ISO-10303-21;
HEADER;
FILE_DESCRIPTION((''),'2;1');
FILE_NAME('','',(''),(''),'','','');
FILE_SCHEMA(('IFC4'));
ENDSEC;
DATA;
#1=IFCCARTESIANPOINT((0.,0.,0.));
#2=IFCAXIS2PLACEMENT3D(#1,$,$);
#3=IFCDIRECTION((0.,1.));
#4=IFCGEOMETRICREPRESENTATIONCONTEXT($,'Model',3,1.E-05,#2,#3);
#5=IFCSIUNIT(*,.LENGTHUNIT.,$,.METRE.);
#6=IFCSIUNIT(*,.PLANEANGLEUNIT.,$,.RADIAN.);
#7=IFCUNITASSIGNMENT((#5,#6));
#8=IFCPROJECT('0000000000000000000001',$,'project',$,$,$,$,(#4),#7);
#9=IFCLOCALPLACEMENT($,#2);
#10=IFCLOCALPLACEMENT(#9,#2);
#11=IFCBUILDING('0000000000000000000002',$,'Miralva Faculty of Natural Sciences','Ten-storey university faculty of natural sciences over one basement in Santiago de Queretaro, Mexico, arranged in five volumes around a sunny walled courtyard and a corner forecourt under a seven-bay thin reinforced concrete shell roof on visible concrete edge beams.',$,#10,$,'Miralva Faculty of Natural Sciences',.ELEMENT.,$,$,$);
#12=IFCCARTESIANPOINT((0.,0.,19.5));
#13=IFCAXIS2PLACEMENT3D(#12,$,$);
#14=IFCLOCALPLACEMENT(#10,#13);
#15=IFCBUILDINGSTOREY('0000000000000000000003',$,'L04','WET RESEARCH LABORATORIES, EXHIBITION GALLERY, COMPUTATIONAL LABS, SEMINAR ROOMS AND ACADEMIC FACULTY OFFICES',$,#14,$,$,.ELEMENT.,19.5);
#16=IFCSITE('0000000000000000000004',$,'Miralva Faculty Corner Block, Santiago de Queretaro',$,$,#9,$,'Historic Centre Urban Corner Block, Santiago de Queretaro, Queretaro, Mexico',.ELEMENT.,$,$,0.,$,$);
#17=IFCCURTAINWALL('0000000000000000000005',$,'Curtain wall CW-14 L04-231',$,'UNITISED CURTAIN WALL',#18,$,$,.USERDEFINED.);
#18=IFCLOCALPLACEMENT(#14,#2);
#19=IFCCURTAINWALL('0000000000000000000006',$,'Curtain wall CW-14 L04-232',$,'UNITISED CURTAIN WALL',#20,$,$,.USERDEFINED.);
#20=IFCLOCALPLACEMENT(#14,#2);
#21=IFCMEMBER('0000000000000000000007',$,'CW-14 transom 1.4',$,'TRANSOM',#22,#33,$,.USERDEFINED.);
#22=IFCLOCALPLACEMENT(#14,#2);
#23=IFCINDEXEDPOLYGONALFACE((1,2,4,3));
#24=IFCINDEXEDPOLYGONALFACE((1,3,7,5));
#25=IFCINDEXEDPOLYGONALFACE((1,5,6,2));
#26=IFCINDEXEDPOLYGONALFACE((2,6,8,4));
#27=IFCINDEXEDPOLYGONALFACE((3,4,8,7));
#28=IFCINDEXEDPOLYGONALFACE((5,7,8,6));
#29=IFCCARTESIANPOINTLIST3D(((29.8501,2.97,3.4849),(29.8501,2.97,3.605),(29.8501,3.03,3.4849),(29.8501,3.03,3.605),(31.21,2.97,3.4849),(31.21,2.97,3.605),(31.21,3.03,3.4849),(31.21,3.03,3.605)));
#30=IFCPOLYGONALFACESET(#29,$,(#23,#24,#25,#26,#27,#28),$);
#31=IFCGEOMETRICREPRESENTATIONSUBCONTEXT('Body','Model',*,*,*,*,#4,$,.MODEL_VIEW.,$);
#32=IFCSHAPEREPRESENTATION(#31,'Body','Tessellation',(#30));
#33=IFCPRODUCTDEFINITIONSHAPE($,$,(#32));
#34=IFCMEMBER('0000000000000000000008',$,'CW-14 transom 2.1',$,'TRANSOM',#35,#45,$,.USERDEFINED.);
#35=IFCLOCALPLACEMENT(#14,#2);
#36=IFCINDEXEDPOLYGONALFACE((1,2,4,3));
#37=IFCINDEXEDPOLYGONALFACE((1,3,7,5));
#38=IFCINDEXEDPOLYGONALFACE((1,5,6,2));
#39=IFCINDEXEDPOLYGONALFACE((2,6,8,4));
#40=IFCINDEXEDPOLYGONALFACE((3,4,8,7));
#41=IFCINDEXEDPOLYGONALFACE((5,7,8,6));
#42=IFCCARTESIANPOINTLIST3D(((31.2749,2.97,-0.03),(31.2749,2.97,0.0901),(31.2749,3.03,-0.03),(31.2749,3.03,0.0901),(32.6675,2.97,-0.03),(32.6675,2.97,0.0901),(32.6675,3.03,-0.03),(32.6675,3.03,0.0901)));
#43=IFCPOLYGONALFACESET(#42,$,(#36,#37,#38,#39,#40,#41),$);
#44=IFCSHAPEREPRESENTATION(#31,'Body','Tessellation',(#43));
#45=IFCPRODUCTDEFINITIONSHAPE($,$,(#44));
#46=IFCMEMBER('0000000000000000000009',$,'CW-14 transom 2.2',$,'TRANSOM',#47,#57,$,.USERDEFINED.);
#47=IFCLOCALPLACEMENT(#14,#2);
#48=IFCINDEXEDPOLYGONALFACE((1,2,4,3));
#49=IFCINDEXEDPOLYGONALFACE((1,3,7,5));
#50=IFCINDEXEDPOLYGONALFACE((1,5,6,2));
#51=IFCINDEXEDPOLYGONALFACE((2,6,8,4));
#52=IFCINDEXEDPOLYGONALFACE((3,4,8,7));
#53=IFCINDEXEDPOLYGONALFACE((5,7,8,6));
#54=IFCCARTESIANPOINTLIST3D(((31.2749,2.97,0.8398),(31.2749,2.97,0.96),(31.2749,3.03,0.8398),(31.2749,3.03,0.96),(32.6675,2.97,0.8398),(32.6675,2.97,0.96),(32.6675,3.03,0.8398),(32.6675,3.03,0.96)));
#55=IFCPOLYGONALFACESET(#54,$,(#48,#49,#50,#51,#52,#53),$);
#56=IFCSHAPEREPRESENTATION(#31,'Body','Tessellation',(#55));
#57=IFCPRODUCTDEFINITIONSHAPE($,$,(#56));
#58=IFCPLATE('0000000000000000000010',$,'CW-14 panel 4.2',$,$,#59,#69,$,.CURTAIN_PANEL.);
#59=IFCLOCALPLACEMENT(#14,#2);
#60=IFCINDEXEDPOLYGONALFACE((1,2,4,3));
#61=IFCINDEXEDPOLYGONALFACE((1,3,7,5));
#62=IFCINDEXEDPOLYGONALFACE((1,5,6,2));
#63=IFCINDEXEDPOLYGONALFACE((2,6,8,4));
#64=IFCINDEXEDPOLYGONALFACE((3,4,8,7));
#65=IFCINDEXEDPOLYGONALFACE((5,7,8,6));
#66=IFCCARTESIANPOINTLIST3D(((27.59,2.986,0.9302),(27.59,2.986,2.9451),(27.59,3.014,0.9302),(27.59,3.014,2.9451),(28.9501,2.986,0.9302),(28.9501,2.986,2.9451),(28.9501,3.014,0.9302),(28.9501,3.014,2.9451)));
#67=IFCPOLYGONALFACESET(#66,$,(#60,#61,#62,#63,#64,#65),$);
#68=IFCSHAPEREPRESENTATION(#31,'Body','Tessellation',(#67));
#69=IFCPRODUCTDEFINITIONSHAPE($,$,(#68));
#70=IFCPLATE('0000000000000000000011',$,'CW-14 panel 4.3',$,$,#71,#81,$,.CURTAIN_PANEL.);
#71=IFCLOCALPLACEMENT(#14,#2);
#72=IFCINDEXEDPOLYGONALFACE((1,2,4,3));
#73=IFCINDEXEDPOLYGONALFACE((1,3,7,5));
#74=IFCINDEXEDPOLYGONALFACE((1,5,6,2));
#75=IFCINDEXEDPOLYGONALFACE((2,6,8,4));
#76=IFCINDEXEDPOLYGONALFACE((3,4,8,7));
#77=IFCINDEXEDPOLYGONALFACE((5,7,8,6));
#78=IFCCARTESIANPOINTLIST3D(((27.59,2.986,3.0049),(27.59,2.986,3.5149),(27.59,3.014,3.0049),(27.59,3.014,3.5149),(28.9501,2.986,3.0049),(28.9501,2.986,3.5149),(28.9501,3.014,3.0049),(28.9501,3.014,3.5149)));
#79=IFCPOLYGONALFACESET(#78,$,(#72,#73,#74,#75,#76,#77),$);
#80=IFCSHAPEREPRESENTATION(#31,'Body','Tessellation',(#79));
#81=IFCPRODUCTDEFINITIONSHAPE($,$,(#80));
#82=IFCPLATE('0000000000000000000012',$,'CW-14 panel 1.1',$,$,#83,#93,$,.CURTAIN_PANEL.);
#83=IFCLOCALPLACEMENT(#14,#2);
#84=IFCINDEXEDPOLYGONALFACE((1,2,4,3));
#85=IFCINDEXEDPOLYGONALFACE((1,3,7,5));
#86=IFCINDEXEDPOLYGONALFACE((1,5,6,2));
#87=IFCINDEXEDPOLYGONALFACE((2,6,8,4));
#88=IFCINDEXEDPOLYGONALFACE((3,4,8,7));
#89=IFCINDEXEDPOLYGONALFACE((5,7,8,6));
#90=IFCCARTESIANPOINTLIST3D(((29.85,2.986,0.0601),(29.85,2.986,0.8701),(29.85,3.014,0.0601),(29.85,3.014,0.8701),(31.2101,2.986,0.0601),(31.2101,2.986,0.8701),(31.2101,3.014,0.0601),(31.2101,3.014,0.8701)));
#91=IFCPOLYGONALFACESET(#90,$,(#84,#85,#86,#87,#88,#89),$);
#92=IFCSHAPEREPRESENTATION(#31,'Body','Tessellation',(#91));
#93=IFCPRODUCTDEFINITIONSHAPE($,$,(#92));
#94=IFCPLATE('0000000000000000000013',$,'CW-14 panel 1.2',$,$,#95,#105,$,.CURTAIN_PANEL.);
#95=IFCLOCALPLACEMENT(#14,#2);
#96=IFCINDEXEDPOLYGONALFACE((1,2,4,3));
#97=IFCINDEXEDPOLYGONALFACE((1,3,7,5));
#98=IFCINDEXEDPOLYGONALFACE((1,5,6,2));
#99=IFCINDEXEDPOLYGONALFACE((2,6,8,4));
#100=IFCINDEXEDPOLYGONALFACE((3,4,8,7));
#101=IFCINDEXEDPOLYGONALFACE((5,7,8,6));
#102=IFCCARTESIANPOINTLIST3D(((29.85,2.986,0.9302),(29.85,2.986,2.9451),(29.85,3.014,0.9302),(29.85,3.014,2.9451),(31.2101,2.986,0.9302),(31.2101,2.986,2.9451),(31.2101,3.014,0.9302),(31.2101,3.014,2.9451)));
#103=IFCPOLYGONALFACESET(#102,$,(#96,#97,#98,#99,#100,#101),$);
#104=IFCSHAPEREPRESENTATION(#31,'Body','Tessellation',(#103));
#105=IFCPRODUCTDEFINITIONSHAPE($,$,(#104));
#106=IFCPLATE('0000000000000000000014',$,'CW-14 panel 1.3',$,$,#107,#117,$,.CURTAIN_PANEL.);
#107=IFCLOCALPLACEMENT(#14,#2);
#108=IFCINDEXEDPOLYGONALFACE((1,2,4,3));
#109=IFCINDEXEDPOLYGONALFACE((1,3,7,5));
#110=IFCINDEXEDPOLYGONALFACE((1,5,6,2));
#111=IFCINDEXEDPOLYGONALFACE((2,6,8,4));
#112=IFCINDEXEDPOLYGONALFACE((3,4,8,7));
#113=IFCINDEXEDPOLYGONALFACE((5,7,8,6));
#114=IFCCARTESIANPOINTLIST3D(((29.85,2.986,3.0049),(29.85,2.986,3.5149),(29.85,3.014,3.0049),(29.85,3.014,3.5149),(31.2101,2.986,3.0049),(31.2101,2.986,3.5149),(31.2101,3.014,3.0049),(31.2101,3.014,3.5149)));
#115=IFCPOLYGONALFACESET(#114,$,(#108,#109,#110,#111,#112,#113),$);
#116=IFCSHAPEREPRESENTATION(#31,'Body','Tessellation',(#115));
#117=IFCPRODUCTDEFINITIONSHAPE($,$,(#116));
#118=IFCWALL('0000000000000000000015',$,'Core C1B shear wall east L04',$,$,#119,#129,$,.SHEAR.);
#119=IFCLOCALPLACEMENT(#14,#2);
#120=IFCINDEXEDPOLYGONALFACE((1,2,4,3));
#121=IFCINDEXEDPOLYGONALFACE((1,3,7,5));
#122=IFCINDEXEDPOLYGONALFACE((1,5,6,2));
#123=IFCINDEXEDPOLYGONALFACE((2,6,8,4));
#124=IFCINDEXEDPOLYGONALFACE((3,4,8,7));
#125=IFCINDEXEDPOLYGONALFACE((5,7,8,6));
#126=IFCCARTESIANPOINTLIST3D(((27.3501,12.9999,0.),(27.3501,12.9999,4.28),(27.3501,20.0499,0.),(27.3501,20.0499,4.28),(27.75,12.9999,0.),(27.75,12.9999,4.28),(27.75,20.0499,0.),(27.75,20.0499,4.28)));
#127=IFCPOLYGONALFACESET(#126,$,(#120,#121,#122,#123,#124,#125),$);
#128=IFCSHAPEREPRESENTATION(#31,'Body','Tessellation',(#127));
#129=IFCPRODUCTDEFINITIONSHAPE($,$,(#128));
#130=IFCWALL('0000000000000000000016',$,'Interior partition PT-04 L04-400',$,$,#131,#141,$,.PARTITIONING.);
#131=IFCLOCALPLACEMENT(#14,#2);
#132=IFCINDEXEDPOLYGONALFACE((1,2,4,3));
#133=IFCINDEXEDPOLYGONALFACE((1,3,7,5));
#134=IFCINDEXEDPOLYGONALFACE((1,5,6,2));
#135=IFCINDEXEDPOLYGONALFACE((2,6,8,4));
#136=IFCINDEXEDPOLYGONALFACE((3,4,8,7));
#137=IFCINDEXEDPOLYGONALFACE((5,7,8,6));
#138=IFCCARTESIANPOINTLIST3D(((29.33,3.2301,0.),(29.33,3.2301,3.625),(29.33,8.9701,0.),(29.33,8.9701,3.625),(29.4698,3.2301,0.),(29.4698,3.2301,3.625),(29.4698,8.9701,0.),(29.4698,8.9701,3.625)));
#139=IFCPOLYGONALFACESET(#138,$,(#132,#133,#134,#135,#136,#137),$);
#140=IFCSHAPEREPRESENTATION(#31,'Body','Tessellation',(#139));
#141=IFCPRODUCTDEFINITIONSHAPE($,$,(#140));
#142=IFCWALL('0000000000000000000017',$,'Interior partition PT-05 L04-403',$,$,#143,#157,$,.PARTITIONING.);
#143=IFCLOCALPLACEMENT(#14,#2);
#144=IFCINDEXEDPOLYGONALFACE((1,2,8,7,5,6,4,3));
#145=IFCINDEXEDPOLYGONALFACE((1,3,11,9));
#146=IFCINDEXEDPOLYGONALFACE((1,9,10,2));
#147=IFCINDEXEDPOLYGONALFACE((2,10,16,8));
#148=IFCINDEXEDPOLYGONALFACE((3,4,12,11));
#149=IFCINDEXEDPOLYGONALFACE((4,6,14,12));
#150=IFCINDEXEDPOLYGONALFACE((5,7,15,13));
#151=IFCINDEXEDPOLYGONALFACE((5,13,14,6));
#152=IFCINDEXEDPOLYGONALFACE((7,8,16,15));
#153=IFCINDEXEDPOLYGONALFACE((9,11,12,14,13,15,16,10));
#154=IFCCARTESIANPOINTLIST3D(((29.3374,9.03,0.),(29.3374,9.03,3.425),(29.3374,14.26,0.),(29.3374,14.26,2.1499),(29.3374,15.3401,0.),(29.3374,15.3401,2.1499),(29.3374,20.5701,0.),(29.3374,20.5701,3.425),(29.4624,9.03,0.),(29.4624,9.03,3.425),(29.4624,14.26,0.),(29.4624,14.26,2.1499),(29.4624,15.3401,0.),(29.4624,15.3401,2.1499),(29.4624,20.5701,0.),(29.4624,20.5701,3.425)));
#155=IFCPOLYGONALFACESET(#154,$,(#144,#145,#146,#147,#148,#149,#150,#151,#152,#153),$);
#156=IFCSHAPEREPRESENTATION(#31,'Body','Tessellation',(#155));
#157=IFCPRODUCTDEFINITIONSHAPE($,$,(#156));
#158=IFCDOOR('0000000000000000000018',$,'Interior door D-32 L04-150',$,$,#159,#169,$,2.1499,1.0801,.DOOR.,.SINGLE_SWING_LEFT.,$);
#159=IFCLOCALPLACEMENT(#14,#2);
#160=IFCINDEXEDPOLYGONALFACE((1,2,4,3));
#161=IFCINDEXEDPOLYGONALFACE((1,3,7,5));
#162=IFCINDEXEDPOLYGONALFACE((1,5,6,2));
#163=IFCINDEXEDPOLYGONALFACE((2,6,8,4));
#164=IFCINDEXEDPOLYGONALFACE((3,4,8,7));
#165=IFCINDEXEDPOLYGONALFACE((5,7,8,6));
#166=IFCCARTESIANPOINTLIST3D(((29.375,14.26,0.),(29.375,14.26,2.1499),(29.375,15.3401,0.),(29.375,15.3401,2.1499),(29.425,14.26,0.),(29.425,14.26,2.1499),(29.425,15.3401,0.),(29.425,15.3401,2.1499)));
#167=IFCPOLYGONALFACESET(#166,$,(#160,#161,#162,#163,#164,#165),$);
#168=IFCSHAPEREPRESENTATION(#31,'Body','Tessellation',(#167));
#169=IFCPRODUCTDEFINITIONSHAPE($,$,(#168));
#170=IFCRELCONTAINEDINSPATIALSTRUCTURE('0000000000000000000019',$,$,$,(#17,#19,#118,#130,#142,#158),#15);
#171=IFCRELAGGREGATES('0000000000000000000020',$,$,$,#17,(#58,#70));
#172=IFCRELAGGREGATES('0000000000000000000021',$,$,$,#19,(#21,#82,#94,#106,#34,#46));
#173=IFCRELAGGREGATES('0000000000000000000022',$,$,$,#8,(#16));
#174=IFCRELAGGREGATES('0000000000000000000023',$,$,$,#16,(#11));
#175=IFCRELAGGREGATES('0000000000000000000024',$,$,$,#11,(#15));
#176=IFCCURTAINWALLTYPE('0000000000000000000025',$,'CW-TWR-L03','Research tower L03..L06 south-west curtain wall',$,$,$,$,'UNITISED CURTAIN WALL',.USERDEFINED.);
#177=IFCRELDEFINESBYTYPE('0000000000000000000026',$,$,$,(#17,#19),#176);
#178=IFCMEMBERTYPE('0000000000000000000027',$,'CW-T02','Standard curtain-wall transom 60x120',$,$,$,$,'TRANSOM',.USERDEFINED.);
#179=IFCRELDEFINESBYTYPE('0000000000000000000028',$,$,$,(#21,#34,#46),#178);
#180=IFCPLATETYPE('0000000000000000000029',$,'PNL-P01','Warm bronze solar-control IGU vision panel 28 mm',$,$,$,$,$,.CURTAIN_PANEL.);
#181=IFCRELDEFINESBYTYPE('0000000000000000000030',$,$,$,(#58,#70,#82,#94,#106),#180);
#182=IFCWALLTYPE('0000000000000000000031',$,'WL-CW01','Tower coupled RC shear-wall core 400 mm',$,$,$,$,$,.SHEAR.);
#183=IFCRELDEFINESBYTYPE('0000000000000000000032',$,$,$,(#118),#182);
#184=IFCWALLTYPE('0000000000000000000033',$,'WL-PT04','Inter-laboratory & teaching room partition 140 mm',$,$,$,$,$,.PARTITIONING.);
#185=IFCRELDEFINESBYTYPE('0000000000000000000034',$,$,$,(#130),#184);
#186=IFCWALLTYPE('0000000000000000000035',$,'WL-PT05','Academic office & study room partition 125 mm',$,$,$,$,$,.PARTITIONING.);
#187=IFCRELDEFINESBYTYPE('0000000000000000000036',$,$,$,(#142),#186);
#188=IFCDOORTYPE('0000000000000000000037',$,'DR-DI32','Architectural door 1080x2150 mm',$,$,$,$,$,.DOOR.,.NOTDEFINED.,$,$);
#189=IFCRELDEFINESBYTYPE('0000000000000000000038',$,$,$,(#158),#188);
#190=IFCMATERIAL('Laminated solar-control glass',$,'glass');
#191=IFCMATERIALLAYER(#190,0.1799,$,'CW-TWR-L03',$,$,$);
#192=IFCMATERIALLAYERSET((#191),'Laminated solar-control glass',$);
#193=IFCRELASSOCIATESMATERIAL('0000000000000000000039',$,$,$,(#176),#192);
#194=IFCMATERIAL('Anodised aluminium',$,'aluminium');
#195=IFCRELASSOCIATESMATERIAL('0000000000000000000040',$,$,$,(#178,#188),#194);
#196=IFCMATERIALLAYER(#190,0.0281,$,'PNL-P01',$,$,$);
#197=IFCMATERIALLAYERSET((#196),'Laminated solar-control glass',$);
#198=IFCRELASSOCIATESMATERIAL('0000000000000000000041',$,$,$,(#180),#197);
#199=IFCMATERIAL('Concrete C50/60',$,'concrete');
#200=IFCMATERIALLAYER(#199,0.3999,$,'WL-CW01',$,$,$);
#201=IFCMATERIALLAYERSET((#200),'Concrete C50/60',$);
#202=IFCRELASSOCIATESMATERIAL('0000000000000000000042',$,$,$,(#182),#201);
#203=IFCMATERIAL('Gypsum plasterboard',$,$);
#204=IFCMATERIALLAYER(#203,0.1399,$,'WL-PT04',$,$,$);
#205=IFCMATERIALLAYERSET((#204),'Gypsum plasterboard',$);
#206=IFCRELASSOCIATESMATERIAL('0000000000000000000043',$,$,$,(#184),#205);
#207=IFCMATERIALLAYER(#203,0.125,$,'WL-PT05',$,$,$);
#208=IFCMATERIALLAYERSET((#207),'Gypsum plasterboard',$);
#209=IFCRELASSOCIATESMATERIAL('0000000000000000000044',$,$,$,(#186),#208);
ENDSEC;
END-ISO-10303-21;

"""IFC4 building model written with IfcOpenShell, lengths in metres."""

from ifc_helpers import new_model, si_unit, direction, frame, frame_2d, origin, origin_2d, place, context, subcontext, project, spatial, rectangle, extrude, material, layer, layer_set, material_profile, profile_set, type_object, element, fill, aggregate, save


model = new_model("IFC4")

# Units and contexts
model_context = context("Model", 3, precision=1e-05, world=origin(), true_north=direction((0.0, 1.0)))
body_context = subcontext(model_context, "Body", "Model", "MODEL_VIEW")
ifc_project = project(units=[si_unit("LENGTHUNIT", "METRE"), si_unit("PLANEANGLEUNIT", "RADIAN")], contexts=[model_context])

# Site, building, storey
site_placement = place(None, origin())
site = spatial("IfcSite", under=ifc_project, at=site_placement, Name="Miralva Faculty Corner Block, Santiago de Queretaro", LongName="Historic Centre Urban Corner Block, Santiago de Queretaro, Queretaro, Mexico", CompositionType="ELEMENT", RefElevation=0.0)
building_placement = place(site_placement, origin())
building = spatial("IfcBuilding", under=site, at=building_placement, Name="Miralva Faculty of Natural Sciences", Description="Ten-storey university faculty of natural sciences over one basement in Santiago de Queretaro, Mexico, arranged in five volumes around a sunny walled courtyard and a corner forecourt under a seven-bay thin reinforced concrete shell roof on visible concrete edge beams.", LongName="Miralva Faculty of Natural Sciences", CompositionType="ELEMENT")
storey_placement = place(building_placement, frame((0.0, 0.0, 19.5)))
storey = spatial("IfcBuildingStorey", under=building, at=storey_placement, Name="L04", Description="WET RESEARCH LABORATORIES, EXHIBITION GALLERY, COMPUTATIONAL LABS, SEMINAR ROOMS AND ACADEMIC FACULTY OFFICES", CompositionType="ELEMENT", Elevation=19.5)

# Curtain wall
ifc_material_1 = material(Name="Laminated solar-control glass", Category="glass")
ifc_layer_1 = layer(ifc_material_1, 0.1799, Name="CW-TWR-L03")
ifc_layer_set_1 = layer_set([ifc_layer_1], Name="Laminated solar-control glass")
curtain_wall_type = type_object("IfcCurtainWallType", Name="CW-TWR-L03", Description="Research tower L03..L06 south-west curtain wall", ElementType="UNITISED CURTAIN WALL", PredefinedType="USERDEFINED", material=ifc_layer_set_1)
curtain_wall_1_placement = place(storey_placement, origin())
curtain_wall_1 = element("IfcCurtainWall", 1, at=curtain_wall_1_placement, inside=storey, type_object=curtain_wall_type, Name="Curtain wall CW-14 L04-231", ObjectType="UNITISED CURTAIN WALL", PredefinedType="USERDEFINED")
ifc_material_2 = material(Name="Anodised aluminium", Category="aluminium")

# Curtain wall, members
curtain_wall_2_placement = place(storey_placement, origin())
curtain_wall_2 = element("IfcCurtainWall", 2, at=curtain_wall_2_placement, inside=storey, type_object=curtain_wall_type, Name="Curtain wall CW-14 L04-232", ObjectType="UNITISED CURTAIN WALL", PredefinedType="USERDEFINED")
ifc_material_profile_1 = material_profile(ifc_material_2, rectangle(XDim=0.0601, YDim=0.1201, at=origin_2d()), Name="TRANSOM 60x120")
ifc_profile_set_1 = profile_set([ifc_material_profile_1], Name="Anodised aluminium")
member_type_1 = type_object("IfcMemberType", Name="CW-T02", Description="Standard curtain-wall transom 60x120", ElementType="TRANSOM", PredefinedType="USERDEFINED", material=ifc_profile_set_1)
member_1_placement = place(storey_placement, frame((29.8501, 3.0, 3.5449), z_axis=(1.0, 0.0, 0.0), x_axis=(0.0, 1.0, 0.0)))
member_1 = element("IfcMember", 3, at=member_1_placement, type_object=member_type_1, Name="CW-14 transom 1.4", ObjectType="TRANSOM", PredefinedType="USERDEFINED", context=body_context, shape_type="SweptSolid", body=[
    extrude(rectangle(XDim=0.0601, YDim=0.1201, at=origin_2d()), origin(), (0.0, 0.0, 1.0), 1.3599),
])
member_2_placement = place(storey_placement, frame((31.2749, 3.0, 0.03), z_axis=(1.0, 0.0, 0.0), x_axis=(0.0, 1.0, 0.0)))
member_2 = element("IfcMember", 4, at=member_2_placement, type_object=member_type_1, Name="CW-14 transom 2.1", ObjectType="TRANSOM", PredefinedType="USERDEFINED", context=body_context, shape_type="SweptSolid", body=[
    extrude(rectangle(XDim=0.0601, YDim=0.1201, at=origin_2d()), origin(), (0.0, 0.0, 1.0), 1.3926),
])
member_3_placement = place(storey_placement, frame((31.2749, 3.0, 0.8999), z_axis=(1.0, 0.0, 0.0), x_axis=(0.0, 1.0, 0.0)))
member_3 = element("IfcMember", 5, at=member_3_placement, type_object=member_type_1, Name="CW-14 transom 2.2", ObjectType="TRANSOM", PredefinedType="USERDEFINED", context=body_context, shape_type="SweptSolid", body=[
    extrude(rectangle(XDim=0.0601, YDim=0.1201, at=origin_2d()), origin(), (0.0, 0.0, 1.0), 1.3926),
])

# Plates
ifc_layer_2 = layer(ifc_material_1, 0.0281, Name="PNL-P01")
ifc_layer_set_2 = layer_set([ifc_layer_2], Name="Laminated solar-control glass")
plate_type = type_object("IfcPlateType", Name="PNL-P01", Description="Warm bronze solar-control IGU vision panel 28 mm", PredefinedType="CURTAIN_PANEL", material=ifc_layer_set_2)
plate_1_placement = place(storey_placement, frame((28.27, 3.0, 0.9302), z_axis=(0.0, 0.0, 1.0), x_axis=(1.0, 0.0, 0.0)))
plate_1 = element("IfcPlate", 6, at=plate_1_placement, type_object=plate_type, Name="CW-14 panel 4.2", PredefinedType="CURTAIN_PANEL", context=body_context, shape_type="SweptSolid", body=[
    extrude(rectangle(XDim=1.3601, YDim=0.0281, at=origin_2d()), origin(), (0.0, 0.0, 1.0), 2.0149),
])
plate_2_placement = place(storey_placement, frame((28.27, 3.0, 3.0049), z_axis=(0.0, 0.0, 1.0), x_axis=(1.0, 0.0, 0.0)))
plate_2 = element("IfcPlate", 7, at=plate_2_placement, type_object=plate_type, Name="CW-14 panel 4.3", PredefinedType="CURTAIN_PANEL", context=body_context, shape_type="SweptSolid", body=[
    extrude(rectangle(XDim=1.3601, YDim=0.0281, at=origin_2d()), origin(), (0.0, 0.0, 1.0), 0.51),
])
aggregate(curtain_wall_1, [plate_1, plate_2])
plate_3_placement = place(storey_placement, frame((30.53, 3.0, 0.0601), z_axis=(0.0, 0.0, 1.0), x_axis=(1.0, 0.0, 0.0)))
plate_3 = element("IfcPlate", 8, at=plate_3_placement, type_object=plate_type, Name="CW-14 panel 1.1", PredefinedType="CURTAIN_PANEL", context=body_context, shape_type="SweptSolid", body=[
    extrude(rectangle(XDim=1.3601, YDim=0.0281, at=origin_2d()), origin(), (0.0, 0.0, 1.0), 0.8101),
])
plate_4_placement = place(storey_placement, frame((30.53, 3.0, 0.9302), z_axis=(0.0, 0.0, 1.0), x_axis=(1.0, 0.0, 0.0)))
plate_4 = element("IfcPlate", 9, at=plate_4_placement, type_object=plate_type, Name="CW-14 panel 1.2", PredefinedType="CURTAIN_PANEL", context=body_context, shape_type="SweptSolid", body=[
    extrude(rectangle(XDim=1.3601, YDim=0.0281, at=origin_2d()), origin(), (0.0, 0.0, 1.0), 2.0149),
])
plate_5_placement = place(storey_placement, frame((30.53, 3.0, 3.0049), z_axis=(0.0, 0.0, 1.0), x_axis=(1.0, 0.0, 0.0)))
plate_5 = element("IfcPlate", 10, at=plate_5_placement, type_object=plate_type, Name="CW-14 panel 1.3", PredefinedType="CURTAIN_PANEL", context=body_context, shape_type="SweptSolid", body=[
    extrude(rectangle(XDim=1.3601, YDim=0.0281, at=origin_2d()), origin(), (0.0, 0.0, 1.0), 0.51),
])
aggregate(curtain_wall_2, [member_1, plate_3, plate_4, plate_5, member_2, member_3])

# Walls
ifc_material_3 = material(Name="Concrete C50/60", Category="concrete")
ifc_layer_3 = layer(ifc_material_3, 0.3999, Name="WL-CW01")
ifc_layer_set_3 = layer_set([ifc_layer_3], Name="Concrete C50/60")
wall_type_1 = type_object("IfcWallType", Name="WL-CW01", Description="Tower coupled RC shear-wall core 400 mm", PredefinedType="SHEAR", material=ifc_layer_set_3)
wall_1_placement = place(storey_placement, frame((27.55, 13.0, 0.0), z_axis=(0.0, 0.0, 1.0), x_axis=(0.0, 1.0, 0.0)))
element("IfcWall", 11, at=wall_1_placement, inside=storey, type_object=wall_type_1, Name="Core C1B shear wall east L04", PredefinedType="SHEAR", context=body_context, shape_type="SweptSolid", body=[
    extrude(rectangle(XDim=7.05, YDim=0.3999, at=frame_2d((3.5249, 0.0))), origin(), (0.0, 0.0, 1.0), 4.28),
])
ifc_material_4 = material(Name="Gypsum plasterboard")
ifc_layer_4 = layer(ifc_material_4, 0.1399, Name="WL-PT04")
ifc_layer_set_4 = layer_set([ifc_layer_4], Name="Gypsum plasterboard")
wall_type_2 = type_object("IfcWallType", Name="WL-PT04", Description="Inter-laboratory & teaching room partition 140 mm", PredefinedType="PARTITIONING", material=ifc_layer_set_4)
wall_2_placement = place(storey_placement, frame((29.3999, 3.23, 0.0), z_axis=(0.0, 0.0, 1.0), x_axis=(0.0, 1.0, 0.0)))
element("IfcWall", 12, at=wall_2_placement, inside=storey, type_object=wall_type_2, Name="Interior partition PT-04 L04-400", PredefinedType="PARTITIONING", context=body_context, shape_type="SweptSolid", body=[
    extrude(rectangle(XDim=5.74, YDim=0.1399, at=frame_2d((2.8701, 0.0))), origin(), (0.0, 0.0, 1.0), 3.625),
])

# Wall, opening, door
ifc_layer_5 = layer(ifc_material_4, 0.125, Name="WL-PT05")
ifc_layer_set_5 = layer_set([ifc_layer_5], Name="Gypsum plasterboard")
wall_type_3 = type_object("IfcWallType", Name="WL-PT05", Description="Academic office & study room partition 125 mm", PredefinedType="PARTITIONING", material=ifc_layer_set_5)
wall_3_placement = place(storey_placement, frame((29.3999, 9.03, 0.0), z_axis=(0.0, 0.0, 1.0), x_axis=(0.0, 1.0, 0.0)))
wall_3 = element("IfcWall", 13, at=wall_3_placement, inside=storey, type_object=wall_type_3, Name="Interior partition PT-05 L04-403", PredefinedType="PARTITIONING", context=body_context, shape_type="SweptSolid", body=[
    extrude(rectangle(XDim=11.54, YDim=0.125, at=frame_2d((5.77, 0.0))), origin(), (0.0, 0.0, 1.0), 3.425),
])
opening_placement = place(wall_3_placement, frame((5.23, 0.0, 0.0)))
opening = element("IfcOpeningElement", 14, at=opening_placement, cuts=wall_3, PredefinedType="OPENING", context=body_context, shape_type="SweptSolid", body=[
    extrude(rectangle(XDim=1.0801, YDim=2.1499, at=frame_2d((0.54, 1.075))), frame((0.0, 0.0725, 0.0), z_axis=(0.0, -1.0, 0.0), x_axis=(1.0, 0.0, 0.0)), (0.0, 0.0, 1.0), 0.145),
])
door_type = type_object("IfcDoorType", Name="DR-DI32", Description="Architectural door 1080x2150 mm", OperationType="NOTDEFINED", PredefinedType="DOOR", material=ifc_material_2)
door_placement = place(opening_placement, origin())
door = element("IfcDoor", 15, at=door_placement, inside=storey, type_object=door_type, Name="Interior door D-32 L04-150", OperationType="SINGLE_SWING_LEFT", OverallHeight=2.1499, OverallWidth=1.0801, PredefinedType="DOOR", context=body_context, shape_type="SweptSolid", body=[
    extrude(rectangle(XDim=1.0801, YDim=2.1499, at=frame_2d((0.54, 1.075))), frame((0.0, 0.0249, 0.0), z_axis=(0.0, -1.0, 0.0), x_axis=(1.0, 0.0, 0.0)), (0.0, 0.0, 1.0), 0.05),
])
fill(opening, door)

save(model, "model.ifc")
